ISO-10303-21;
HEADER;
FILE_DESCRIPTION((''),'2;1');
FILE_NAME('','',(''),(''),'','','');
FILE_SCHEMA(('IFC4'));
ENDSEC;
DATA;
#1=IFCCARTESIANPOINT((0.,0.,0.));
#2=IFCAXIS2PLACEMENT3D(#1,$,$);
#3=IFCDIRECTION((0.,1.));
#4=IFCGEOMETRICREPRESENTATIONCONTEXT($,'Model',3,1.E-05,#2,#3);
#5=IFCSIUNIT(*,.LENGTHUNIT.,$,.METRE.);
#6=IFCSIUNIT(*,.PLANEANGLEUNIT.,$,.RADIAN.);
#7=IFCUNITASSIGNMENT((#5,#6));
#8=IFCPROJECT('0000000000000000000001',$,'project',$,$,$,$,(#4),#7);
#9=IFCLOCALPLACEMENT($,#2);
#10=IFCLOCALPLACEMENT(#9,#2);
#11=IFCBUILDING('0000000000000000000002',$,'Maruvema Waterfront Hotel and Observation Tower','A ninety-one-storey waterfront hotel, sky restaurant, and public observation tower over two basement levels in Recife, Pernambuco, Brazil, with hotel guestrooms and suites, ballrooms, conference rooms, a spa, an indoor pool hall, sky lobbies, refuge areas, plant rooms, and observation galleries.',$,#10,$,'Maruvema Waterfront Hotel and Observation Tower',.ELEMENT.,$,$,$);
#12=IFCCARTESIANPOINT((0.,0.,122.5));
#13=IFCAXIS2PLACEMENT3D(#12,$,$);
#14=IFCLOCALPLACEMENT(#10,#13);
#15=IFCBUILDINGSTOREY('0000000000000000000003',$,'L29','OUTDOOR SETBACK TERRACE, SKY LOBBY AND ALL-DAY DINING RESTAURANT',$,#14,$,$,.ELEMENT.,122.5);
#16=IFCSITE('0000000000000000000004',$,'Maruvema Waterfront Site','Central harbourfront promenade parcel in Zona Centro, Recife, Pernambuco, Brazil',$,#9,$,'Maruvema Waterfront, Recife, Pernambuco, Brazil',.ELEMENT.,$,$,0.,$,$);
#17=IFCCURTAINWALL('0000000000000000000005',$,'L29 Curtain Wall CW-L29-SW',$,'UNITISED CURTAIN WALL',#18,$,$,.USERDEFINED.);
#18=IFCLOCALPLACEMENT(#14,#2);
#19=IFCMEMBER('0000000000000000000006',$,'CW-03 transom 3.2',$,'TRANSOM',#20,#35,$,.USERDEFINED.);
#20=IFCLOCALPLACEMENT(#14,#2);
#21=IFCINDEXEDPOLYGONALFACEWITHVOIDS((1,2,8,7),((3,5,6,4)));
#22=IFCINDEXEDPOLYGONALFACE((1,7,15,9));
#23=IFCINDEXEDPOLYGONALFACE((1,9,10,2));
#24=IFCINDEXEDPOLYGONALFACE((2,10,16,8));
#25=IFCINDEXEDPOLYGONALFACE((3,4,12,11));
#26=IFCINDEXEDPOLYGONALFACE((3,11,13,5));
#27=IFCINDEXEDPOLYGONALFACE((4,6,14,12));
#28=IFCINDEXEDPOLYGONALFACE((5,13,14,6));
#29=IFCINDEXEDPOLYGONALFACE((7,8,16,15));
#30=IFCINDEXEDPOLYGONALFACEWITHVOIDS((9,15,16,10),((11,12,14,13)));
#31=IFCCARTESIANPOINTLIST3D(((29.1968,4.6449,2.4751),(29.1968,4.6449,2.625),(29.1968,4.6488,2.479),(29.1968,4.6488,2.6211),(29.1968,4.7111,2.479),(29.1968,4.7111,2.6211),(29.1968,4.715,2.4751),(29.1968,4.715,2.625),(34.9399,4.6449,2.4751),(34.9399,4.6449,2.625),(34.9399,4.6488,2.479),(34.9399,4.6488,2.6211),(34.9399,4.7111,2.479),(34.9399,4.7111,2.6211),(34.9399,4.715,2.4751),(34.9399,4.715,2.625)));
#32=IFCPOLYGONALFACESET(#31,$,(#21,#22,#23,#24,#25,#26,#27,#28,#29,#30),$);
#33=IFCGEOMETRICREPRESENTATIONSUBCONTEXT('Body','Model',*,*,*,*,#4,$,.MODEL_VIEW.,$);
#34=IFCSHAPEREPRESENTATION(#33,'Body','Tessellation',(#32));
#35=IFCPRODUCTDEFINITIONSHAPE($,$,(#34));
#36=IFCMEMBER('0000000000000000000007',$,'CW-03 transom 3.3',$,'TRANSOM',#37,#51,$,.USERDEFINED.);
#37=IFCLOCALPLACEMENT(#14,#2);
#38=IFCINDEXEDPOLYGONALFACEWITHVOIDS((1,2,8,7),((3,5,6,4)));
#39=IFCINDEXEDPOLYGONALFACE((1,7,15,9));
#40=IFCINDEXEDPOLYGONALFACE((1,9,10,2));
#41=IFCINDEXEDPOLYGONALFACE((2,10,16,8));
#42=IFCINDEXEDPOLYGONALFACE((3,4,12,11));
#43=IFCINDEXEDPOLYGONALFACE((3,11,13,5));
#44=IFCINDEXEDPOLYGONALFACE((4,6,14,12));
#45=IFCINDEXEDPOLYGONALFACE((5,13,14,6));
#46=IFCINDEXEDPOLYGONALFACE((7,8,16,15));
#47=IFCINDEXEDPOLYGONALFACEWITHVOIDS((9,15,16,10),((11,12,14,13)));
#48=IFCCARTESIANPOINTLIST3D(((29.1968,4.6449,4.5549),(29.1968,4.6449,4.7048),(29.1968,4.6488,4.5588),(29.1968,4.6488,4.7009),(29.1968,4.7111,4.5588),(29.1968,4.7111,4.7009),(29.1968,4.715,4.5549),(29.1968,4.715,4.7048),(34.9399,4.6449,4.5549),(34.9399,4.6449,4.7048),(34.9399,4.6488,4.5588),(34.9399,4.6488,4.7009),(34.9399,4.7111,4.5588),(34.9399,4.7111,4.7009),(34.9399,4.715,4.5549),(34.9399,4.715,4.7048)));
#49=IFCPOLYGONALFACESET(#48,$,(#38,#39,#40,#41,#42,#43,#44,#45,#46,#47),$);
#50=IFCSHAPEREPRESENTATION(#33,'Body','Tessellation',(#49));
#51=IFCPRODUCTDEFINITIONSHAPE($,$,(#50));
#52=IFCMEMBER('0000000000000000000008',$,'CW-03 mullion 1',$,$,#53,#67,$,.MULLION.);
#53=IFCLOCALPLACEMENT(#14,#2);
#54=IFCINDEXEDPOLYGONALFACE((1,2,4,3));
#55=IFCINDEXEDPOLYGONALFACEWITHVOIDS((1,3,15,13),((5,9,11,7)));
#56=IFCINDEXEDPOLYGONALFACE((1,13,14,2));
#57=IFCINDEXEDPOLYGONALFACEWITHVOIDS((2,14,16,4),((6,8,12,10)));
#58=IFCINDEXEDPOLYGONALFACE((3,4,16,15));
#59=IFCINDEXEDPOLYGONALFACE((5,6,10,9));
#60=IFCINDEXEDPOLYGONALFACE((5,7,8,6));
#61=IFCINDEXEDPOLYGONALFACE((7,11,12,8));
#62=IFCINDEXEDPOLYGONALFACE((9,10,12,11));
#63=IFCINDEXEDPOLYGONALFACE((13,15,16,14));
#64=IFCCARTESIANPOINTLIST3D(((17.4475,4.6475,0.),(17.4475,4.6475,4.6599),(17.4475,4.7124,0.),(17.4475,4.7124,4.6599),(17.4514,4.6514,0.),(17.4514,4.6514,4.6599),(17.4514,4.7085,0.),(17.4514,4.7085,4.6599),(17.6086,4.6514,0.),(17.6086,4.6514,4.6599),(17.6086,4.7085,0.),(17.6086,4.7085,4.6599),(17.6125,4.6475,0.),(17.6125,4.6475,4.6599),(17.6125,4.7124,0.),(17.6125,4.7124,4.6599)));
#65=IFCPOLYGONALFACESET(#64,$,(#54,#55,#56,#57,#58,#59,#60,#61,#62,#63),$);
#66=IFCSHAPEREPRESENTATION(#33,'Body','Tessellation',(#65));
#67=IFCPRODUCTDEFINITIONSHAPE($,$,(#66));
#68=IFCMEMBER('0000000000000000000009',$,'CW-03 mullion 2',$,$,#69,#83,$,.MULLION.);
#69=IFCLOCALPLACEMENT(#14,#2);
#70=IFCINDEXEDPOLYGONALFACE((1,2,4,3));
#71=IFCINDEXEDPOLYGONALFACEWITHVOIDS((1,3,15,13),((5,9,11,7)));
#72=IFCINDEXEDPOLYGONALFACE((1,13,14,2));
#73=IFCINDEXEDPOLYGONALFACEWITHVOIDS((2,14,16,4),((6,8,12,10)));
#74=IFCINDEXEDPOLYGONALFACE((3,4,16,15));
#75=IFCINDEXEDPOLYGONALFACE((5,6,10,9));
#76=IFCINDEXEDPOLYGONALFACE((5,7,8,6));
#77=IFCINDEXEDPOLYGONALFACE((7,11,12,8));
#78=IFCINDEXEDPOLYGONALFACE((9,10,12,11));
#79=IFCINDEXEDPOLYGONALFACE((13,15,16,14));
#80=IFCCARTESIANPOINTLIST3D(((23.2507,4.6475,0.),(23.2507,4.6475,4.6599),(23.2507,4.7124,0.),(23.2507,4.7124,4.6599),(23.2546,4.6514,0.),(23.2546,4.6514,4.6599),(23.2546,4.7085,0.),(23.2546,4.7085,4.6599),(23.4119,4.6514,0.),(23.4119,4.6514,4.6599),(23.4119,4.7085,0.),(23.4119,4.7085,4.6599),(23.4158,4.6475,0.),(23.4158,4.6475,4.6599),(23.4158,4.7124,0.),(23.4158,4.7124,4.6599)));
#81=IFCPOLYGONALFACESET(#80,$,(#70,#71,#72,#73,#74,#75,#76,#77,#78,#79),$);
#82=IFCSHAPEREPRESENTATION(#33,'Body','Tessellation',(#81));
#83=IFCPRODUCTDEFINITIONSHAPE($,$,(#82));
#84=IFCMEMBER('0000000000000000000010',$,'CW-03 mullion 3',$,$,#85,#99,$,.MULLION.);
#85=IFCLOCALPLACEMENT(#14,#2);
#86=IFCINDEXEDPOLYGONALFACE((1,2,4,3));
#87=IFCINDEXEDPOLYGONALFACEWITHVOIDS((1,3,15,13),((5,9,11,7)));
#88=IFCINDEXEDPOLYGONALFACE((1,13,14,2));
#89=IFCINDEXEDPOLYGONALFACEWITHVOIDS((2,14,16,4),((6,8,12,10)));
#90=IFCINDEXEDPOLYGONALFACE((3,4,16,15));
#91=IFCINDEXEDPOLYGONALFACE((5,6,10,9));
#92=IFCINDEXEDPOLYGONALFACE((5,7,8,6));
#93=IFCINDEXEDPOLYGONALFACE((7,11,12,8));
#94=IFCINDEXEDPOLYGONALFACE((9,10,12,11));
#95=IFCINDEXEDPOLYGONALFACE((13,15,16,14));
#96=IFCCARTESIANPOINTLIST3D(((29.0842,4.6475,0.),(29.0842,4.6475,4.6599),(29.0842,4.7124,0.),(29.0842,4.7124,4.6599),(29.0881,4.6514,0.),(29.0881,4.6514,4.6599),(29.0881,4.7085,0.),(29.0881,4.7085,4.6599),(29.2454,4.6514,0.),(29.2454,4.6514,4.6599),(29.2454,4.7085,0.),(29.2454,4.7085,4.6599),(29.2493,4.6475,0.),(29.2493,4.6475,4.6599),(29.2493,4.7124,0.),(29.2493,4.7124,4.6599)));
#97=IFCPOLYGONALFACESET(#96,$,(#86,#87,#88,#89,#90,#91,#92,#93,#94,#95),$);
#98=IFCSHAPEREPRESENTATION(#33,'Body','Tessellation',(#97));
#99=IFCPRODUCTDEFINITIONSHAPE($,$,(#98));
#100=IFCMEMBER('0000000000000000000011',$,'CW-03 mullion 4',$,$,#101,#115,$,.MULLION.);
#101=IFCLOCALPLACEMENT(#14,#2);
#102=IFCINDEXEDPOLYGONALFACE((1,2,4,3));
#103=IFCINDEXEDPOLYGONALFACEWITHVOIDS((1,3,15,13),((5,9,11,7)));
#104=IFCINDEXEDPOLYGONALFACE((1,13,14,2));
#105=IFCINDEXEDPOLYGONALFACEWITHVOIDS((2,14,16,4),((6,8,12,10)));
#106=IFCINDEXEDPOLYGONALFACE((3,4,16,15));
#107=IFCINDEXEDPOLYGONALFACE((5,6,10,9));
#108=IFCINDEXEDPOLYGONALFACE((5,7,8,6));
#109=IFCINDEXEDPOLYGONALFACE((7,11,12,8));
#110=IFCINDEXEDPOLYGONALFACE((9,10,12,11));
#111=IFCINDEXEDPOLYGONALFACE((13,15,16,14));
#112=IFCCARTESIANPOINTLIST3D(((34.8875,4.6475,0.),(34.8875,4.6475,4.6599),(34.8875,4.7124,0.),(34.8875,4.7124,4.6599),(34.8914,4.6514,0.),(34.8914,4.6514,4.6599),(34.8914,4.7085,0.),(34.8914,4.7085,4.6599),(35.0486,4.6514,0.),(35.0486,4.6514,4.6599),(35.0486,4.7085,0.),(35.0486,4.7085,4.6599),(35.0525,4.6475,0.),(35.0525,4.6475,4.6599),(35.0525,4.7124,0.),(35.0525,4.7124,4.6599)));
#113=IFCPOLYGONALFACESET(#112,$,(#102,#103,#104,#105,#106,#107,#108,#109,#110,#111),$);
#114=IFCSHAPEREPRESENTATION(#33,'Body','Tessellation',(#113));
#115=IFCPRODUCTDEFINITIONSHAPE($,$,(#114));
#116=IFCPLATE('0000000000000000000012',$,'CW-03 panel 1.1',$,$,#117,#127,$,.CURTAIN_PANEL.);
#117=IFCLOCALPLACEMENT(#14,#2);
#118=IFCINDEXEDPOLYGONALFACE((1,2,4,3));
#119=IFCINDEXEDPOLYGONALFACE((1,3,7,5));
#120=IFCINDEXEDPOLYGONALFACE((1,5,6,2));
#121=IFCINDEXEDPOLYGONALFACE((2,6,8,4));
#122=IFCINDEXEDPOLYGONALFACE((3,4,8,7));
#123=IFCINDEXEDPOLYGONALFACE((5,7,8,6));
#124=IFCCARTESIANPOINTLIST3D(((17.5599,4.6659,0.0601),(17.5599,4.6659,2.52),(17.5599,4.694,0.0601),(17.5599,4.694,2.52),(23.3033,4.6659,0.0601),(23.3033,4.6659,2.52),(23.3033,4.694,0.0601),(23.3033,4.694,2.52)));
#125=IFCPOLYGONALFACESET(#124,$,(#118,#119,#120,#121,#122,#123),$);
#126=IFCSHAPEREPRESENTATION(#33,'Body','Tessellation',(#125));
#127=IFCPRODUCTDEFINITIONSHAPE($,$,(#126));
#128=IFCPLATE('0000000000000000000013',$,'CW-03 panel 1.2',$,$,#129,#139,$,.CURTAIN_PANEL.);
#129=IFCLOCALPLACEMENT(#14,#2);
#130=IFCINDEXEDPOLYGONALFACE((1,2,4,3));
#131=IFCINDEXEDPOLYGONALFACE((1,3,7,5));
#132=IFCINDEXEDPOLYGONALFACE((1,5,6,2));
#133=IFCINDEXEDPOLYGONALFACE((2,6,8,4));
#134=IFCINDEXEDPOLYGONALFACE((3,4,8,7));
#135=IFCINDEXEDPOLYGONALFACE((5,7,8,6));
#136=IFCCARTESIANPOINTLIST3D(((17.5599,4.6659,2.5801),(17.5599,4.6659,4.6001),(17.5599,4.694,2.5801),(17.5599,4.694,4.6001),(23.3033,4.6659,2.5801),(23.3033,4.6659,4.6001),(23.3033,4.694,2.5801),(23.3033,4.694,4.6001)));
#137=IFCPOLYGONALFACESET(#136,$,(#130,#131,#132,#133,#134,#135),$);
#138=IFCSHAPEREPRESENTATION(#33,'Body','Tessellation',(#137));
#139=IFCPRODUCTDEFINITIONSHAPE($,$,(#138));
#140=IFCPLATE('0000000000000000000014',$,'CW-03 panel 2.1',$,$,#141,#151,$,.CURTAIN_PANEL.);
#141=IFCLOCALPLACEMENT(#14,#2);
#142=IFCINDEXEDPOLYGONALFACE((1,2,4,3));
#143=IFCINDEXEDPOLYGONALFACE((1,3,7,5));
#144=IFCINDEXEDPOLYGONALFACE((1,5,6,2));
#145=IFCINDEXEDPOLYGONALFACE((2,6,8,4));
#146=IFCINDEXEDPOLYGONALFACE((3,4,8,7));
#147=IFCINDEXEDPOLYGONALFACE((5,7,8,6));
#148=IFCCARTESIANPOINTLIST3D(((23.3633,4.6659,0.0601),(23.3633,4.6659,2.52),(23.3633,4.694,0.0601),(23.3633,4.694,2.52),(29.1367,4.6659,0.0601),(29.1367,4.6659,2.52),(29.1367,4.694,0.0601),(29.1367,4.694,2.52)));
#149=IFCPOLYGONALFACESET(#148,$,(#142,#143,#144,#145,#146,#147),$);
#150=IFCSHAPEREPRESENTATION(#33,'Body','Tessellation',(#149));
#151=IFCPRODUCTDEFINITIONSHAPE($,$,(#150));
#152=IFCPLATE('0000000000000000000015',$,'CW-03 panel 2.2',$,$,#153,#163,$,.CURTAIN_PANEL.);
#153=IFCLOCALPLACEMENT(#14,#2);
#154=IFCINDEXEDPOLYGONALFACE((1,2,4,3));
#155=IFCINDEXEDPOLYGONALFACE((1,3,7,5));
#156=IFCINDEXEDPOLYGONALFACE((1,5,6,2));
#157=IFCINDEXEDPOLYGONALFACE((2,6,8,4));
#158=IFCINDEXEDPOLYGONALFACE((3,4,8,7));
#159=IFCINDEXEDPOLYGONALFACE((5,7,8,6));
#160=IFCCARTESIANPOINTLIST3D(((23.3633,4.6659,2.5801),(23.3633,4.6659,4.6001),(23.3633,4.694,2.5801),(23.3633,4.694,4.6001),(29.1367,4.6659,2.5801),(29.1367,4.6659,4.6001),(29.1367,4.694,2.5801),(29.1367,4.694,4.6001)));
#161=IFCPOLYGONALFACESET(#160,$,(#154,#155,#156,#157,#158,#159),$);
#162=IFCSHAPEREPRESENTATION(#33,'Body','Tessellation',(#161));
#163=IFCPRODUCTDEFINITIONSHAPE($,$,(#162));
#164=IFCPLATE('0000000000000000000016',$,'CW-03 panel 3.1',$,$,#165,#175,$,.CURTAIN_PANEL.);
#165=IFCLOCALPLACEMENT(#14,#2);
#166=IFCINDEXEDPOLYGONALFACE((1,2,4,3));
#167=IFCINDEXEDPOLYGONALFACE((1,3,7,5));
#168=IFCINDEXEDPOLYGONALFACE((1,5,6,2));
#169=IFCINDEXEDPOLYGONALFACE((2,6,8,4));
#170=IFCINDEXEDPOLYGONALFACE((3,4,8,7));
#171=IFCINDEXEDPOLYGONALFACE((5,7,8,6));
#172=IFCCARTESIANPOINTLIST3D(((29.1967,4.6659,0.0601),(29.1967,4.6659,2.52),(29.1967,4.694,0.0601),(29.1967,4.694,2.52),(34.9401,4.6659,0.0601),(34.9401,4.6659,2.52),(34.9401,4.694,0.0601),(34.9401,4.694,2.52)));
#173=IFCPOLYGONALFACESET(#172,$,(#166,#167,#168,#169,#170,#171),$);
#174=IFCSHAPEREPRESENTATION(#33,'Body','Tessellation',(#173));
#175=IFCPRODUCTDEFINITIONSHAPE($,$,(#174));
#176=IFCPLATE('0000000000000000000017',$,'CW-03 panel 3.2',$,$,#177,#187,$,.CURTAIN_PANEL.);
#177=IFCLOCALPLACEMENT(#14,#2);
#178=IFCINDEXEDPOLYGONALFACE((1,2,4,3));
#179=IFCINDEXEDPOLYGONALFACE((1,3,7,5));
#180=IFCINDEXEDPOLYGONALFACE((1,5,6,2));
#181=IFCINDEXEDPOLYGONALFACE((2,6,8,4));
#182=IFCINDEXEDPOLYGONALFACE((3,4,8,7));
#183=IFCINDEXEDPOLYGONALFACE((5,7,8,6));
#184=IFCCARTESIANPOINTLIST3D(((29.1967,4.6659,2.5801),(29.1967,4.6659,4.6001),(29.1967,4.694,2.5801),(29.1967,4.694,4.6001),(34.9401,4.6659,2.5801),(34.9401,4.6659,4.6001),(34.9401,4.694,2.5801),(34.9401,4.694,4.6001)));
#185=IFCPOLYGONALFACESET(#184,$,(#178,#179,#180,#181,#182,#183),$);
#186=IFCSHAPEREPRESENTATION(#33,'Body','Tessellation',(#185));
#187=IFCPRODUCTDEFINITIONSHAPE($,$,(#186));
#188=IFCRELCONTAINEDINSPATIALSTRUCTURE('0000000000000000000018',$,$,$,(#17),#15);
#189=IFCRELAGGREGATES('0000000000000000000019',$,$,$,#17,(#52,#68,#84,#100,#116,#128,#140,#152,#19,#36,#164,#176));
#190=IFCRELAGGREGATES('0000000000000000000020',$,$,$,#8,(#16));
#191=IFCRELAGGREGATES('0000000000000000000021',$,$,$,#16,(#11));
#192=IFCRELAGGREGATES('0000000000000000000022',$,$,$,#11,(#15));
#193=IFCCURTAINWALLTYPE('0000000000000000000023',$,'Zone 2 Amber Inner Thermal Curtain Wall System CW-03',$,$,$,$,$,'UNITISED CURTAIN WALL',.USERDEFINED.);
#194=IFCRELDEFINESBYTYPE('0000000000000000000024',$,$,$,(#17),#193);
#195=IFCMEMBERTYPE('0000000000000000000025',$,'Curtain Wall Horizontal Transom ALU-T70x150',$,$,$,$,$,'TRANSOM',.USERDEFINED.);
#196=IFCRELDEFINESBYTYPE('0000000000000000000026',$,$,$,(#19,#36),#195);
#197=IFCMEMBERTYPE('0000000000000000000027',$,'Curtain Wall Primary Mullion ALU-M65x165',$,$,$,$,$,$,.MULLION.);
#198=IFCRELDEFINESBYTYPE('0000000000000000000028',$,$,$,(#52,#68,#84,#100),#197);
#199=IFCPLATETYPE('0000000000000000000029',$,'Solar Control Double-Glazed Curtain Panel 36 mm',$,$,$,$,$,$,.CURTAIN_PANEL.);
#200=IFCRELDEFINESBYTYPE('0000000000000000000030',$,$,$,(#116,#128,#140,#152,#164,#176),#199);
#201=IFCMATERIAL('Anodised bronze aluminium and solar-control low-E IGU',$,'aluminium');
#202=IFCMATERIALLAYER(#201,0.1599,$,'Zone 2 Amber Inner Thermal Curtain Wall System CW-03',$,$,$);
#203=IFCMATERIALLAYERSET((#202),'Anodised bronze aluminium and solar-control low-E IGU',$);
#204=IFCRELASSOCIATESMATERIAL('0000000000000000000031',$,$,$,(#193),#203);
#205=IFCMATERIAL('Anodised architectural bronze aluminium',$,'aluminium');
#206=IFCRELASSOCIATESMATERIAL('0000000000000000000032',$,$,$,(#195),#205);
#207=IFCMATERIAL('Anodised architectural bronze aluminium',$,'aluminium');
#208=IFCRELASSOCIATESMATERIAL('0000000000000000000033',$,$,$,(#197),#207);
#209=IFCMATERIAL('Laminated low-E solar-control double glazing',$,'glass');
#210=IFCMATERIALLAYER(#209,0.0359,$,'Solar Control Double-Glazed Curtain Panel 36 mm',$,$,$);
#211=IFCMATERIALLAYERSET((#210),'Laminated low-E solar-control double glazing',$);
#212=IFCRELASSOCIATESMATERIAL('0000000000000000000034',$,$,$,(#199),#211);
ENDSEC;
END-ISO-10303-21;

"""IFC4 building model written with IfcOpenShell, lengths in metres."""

from ifc_helpers import new_model, si_unit, direction, frame, origin, origin_2d, place, context, subcontext, project, spatial, rectangle, hollow_rectangle, extrude, material, layer, layer_set, material_profile, profile_set, type_object, element, aggregate, save


model = new_model("IFC4")

# Units and contexts
model_context = context("Model", 3, precision=1e-05, world=origin(), true_north=direction((0.0, 1.0)))
body_context = subcontext(model_context, "Body", "Model", "MODEL_VIEW")
ifc_project = project(units=[si_unit("LENGTHUNIT", "METRE"), si_unit("PLANEANGLEUNIT", "RADIAN")], contexts=[model_context])

# Site, building, storey
site_placement = place(None, origin())
site = spatial("IfcSite", under=ifc_project, at=site_placement, Name="Maruvema Waterfront Site", Description="Central harbourfront promenade parcel in Zona Centro, Recife, Pernambuco, Brazil", LongName="Maruvema Waterfront, Recife, Pernambuco, Brazil", CompositionType="ELEMENT", RefElevation=0.0)
building_placement = place(site_placement, origin())
building = spatial("IfcBuilding", under=site, at=building_placement, Name="Maruvema Waterfront Hotel and Observation Tower", Description="A ninety-one-storey waterfront hotel, sky restaurant, and public observation tower over two basement levels in Recife, Pernambuco, Brazil, with hotel guestrooms and suites, ballrooms, conference rooms, a spa, an indoor pool hall, sky lobbies, refuge areas, plant rooms, and observation galleries.", LongName="Maruvema Waterfront Hotel and Observation Tower", CompositionType="ELEMENT")
storey_placement = place(building_placement, frame((0.0, 0.0, 122.5)))
storey = spatial("IfcBuildingStorey", under=building, at=storey_placement, Name="L29", Description="OUTDOOR SETBACK TERRACE, SKY LOBBY AND ALL-DAY DINING RESTAURANT", CompositionType="ELEMENT", Elevation=122.5)

# Curtain wall, members, plates
ifc_material_1 = material(Name="Anodised bronze aluminium and solar-control low-E IGU", Category="aluminium")
ifc_layer_1 = layer(ifc_material_1, 0.1599, Name="Zone 2 Amber Inner Thermal Curtain Wall System CW-03")
ifc_layer_set_1 = layer_set([ifc_layer_1], Name="Anodised bronze aluminium and solar-control low-E IGU")
curtain_wall_type = type_object("IfcCurtainWallType", Name="Zone 2 Amber Inner Thermal Curtain Wall System CW-03", ElementType="UNITISED CURTAIN WALL", PredefinedType="USERDEFINED", material=ifc_layer_set_1)
curtain_wall_placement = place(storey_placement, origin())
curtain_wall = element("IfcCurtainWall", 1, at=curtain_wall_placement, inside=storey, type_object=curtain_wall_type, Name="L29 Curtain Wall CW-L29-SW", ObjectType="UNITISED CURTAIN WALL", PredefinedType="USERDEFINED")
ifc_material_2 = material(Name="Anodised architectural bronze aluminium", Category="aluminium")
ifc_material_profile_1 = material_profile(ifc_material_2, hollow_rectangle(XDim=0.0701, YDim=0.1499, WallThickness=0.0039, at=origin_2d()), Name="ALU-T70x150")
ifc_profile_set_1 = profile_set([ifc_material_profile_1], Name="Anodised architectural bronze aluminium")
member_type_1 = type_object("IfcMemberType", Name="Curtain Wall Horizontal Transom ALU-T70x150", ElementType="TRANSOM", PredefinedType="USERDEFINED", material=ifc_profile_set_1)
member_1_placement = place(storey_placement, frame((29.1968, 4.6799, 2.55), z_axis=(1.0, 0.0, 0.0), x_axis=(0.0, 1.0, 0.0)))
member_1 = element("IfcMember", 2, at=member_1_placement, type_object=member_type_1, Name="CW-03 transom 3.2", ObjectType="TRANSOM", PredefinedType="USERDEFINED", context=body_context, shape_type="SweptSolid", body=[
    extrude(hollow_rectangle(XDim=0.0701, YDim=0.1499, WallThickness=0.0039, at=origin_2d()), origin(), (0.0, 0.0, 1.0), 5.7432),
])
member_2_placement = place(storey_placement, frame((29.1968, 4.6799, 4.6299), z_axis=(1.0, 0.0, 0.0), x_axis=(0.0, 1.0, 0.0)))
member_2 = element("IfcMember", 3, at=member_2_placement, type_object=member_type_1, Name="CW-03 transom 3.3", ObjectType="TRANSOM", PredefinedType="USERDEFINED", context=body_context, shape_type="SweptSolid", body=[
    extrude(hollow_rectangle(XDim=0.0701, YDim=0.1499, WallThickness=0.0039, at=origin_2d()), origin(), (0.0, 0.0, 1.0), 5.7432),
])
ifc_material_3 = material(Name="Anodised architectural bronze aluminium", Category="aluminium")
ifc_material_profile_2 = material_profile(ifc_material_3, hollow_rectangle(XDim=0.0649, YDim=0.165, WallThickness=0.0039, at=origin_2d()), Name="ALU-M65x165")
ifc_profile_set_2 = profile_set([ifc_material_profile_2], Name="Anodised architectural bronze aluminium")
member_type_2 = type_object("IfcMemberType", Name="Curtain Wall Primary Mullion ALU-M65x165", PredefinedType="MULLION", material=ifc_profile_set_2)
member_3_placement = place(storey_placement, frame((17.53, 4.6799, 0.0), z_axis=(0.0, 0.0, 1.0), x_axis=(0.0, 1.0, 0.0)))
member_3 = element("IfcMember", 4, at=member_3_placement, type_object=member_type_2, Name="CW-03 mullion 1", PredefinedType="MULLION", context=body_context, shape_type="SweptSolid", body=[
    extrude(hollow_rectangle(XDim=0.0649, YDim=0.165, WallThickness=0.0039, at=origin_2d()), origin(), (0.0, 0.0, 1.0), 4.6599),
])
member_4_placement = place(storey_placement, frame((23.3333, 4.6799, 0.0), z_axis=(0.0, 0.0, 1.0), x_axis=(0.0, 1.0, 0.0)))
member_4 = element("IfcMember", 5, at=member_4_placement, type_object=member_type_2, Name="CW-03 mullion 2", PredefinedType="MULLION", context=body_context, shape_type="SweptSolid", body=[
    extrude(hollow_rectangle(XDim=0.0649, YDim=0.165, WallThickness=0.0039, at=origin_2d()), origin(), (0.0, 0.0, 1.0), 4.6599),
])
member_5_placement = place(storey_placement, frame((29.1667, 4.6799, 0.0), z_axis=(0.0, 0.0, 1.0), x_axis=(0.0, 1.0, 0.0)))
member_5 = element("IfcMember", 6, at=member_5_placement, type_object=member_type_2, Name="CW-03 mullion 3", PredefinedType="MULLION", context=body_context, shape_type="SweptSolid", body=[
    extrude(hollow_rectangle(XDim=0.0649, YDim=0.165, WallThickness=0.0039, at=origin_2d()), origin(), (0.0, 0.0, 1.0), 4.6599),
])
member_6_placement = place(storey_placement, frame((34.97, 4.6799, 0.0), z_axis=(0.0, 0.0, 1.0), x_axis=(0.0, 1.0, 0.0)))
member_6 = element("IfcMember", 7, at=member_6_placement, type_object=member_type_2, Name="CW-03 mullion 4", PredefinedType="MULLION", context=body_context, shape_type="SweptSolid", body=[
    extrude(hollow_rectangle(XDim=0.0649, YDim=0.165, WallThickness=0.0039, at=origin_2d()), origin(), (0.0, 0.0, 1.0), 4.6599),
])
ifc_material_4 = material(Name="Laminated low-E solar-control double glazing", Category="glass")
ifc_layer_2 = layer(ifc_material_4, 0.0359, Name="Solar Control Double-Glazed Curtain Panel 36 mm")
ifc_layer_set_2 = layer_set([ifc_layer_2], Name="Laminated low-E solar-control double glazing")
plate_type = type_object("IfcPlateType", Name="Solar Control Double-Glazed Curtain Panel 36 mm", PredefinedType="CURTAIN_PANEL", material=ifc_layer_set_2)
plate_1_placement = place(storey_placement, frame((20.4316, 4.6799, 0.0601), z_axis=(0.0, 0.0, 1.0), x_axis=(1.0, 0.0, 0.0)))
plate_1 = element("IfcPlate", 8, at=plate_1_placement, type_object=plate_type, Name="CW-03 panel 1.1", PredefinedType="CURTAIN_PANEL", context=body_context, shape_type="SweptSolid", body=[
    extrude(rectangle(XDim=5.7434, YDim=0.0281, at=origin_2d()), origin(), (0.0, 0.0, 1.0), 2.46),
])
plate_2_placement = place(storey_placement, frame((20.4316, 4.6799, 2.5801), z_axis=(0.0, 0.0, 1.0), x_axis=(1.0, 0.0, 0.0)))
plate_2 = element("IfcPlate", 9, at=plate_2_placement, type_object=plate_type, Name="CW-03 panel 1.2", PredefinedType="CURTAIN_PANEL", context=body_context, shape_type="SweptSolid", body=[
    extrude(rectangle(XDim=5.7434, YDim=0.0281, at=origin_2d()), origin(), (0.0, 0.0, 1.0), 2.02),
])
plate_3_placement = place(storey_placement, frame((26.25, 4.6799, 0.0601), z_axis=(0.0, 0.0, 1.0), x_axis=(1.0, 0.0, 0.0)))
plate_3 = element("IfcPlate", 10, at=plate_3_placement, type_object=plate_type, Name="CW-03 panel 2.1", PredefinedType="CURTAIN_PANEL", context=body_context, shape_type="SweptSolid", body=[
    extrude(rectangle(XDim=5.7734, YDim=0.0281, at=origin_2d()), origin(), (0.0, 0.0, 1.0), 2.46),
])
plate_4_placement = place(storey_placement, frame((26.25, 4.6799, 2.5801), z_axis=(0.0, 0.0, 1.0), x_axis=(1.0, 0.0, 0.0)))
plate_4 = element("IfcPlate", 11, at=plate_4_placement, type_object=plate_type, Name="CW-03 panel 2.2", PredefinedType="CURTAIN_PANEL", context=body_context, shape_type="SweptSolid", body=[
    extrude(rectangle(XDim=5.7734, YDim=0.0281, at=origin_2d()), origin(), (0.0, 0.0, 1.0), 2.02),
])
plate_5_placement = place(storey_placement, frame((32.0684, 4.6799, 0.0601), z_axis=(0.0, 0.0, 1.0), x_axis=(1.0, 0.0, 0.0)))
plate_5 = element("IfcPlate", 12, at=plate_5_placement, type_object=plate_type, Name="CW-03 panel 3.1", PredefinedType="CURTAIN_PANEL", context=body_context, shape_type="SweptSolid", body=[
    extrude(rectangle(XDim=5.7434, YDim=0.0281, at=origin_2d()), origin(), (0.0, 0.0, 1.0), 2.46),
])
plate_6_placement = place(storey_placement, frame((32.0684, 4.6799, 2.5801), z_axis=(0.0, 0.0, 1.0), x_axis=(1.0, 0.0, 0.0)))
plate_6 = element("IfcPlate", 13, at=plate_6_placement, type_object=plate_type, Name="CW-03 panel 3.2", PredefinedType="CURTAIN_PANEL", context=body_context, shape_type="SweptSolid", body=[
    extrude(rectangle(XDim=5.7434, YDim=0.0281, at=origin_2d()), origin(), (0.0, 0.0, 1.0), 2.02),
])
aggregate(curtain_wall, [member_3, member_4, member_5, member_6, plate_1, plate_2, plate_3, plate_4, member_1, member_2, plate_5, plate_6])

save(model, "model.ifc")
